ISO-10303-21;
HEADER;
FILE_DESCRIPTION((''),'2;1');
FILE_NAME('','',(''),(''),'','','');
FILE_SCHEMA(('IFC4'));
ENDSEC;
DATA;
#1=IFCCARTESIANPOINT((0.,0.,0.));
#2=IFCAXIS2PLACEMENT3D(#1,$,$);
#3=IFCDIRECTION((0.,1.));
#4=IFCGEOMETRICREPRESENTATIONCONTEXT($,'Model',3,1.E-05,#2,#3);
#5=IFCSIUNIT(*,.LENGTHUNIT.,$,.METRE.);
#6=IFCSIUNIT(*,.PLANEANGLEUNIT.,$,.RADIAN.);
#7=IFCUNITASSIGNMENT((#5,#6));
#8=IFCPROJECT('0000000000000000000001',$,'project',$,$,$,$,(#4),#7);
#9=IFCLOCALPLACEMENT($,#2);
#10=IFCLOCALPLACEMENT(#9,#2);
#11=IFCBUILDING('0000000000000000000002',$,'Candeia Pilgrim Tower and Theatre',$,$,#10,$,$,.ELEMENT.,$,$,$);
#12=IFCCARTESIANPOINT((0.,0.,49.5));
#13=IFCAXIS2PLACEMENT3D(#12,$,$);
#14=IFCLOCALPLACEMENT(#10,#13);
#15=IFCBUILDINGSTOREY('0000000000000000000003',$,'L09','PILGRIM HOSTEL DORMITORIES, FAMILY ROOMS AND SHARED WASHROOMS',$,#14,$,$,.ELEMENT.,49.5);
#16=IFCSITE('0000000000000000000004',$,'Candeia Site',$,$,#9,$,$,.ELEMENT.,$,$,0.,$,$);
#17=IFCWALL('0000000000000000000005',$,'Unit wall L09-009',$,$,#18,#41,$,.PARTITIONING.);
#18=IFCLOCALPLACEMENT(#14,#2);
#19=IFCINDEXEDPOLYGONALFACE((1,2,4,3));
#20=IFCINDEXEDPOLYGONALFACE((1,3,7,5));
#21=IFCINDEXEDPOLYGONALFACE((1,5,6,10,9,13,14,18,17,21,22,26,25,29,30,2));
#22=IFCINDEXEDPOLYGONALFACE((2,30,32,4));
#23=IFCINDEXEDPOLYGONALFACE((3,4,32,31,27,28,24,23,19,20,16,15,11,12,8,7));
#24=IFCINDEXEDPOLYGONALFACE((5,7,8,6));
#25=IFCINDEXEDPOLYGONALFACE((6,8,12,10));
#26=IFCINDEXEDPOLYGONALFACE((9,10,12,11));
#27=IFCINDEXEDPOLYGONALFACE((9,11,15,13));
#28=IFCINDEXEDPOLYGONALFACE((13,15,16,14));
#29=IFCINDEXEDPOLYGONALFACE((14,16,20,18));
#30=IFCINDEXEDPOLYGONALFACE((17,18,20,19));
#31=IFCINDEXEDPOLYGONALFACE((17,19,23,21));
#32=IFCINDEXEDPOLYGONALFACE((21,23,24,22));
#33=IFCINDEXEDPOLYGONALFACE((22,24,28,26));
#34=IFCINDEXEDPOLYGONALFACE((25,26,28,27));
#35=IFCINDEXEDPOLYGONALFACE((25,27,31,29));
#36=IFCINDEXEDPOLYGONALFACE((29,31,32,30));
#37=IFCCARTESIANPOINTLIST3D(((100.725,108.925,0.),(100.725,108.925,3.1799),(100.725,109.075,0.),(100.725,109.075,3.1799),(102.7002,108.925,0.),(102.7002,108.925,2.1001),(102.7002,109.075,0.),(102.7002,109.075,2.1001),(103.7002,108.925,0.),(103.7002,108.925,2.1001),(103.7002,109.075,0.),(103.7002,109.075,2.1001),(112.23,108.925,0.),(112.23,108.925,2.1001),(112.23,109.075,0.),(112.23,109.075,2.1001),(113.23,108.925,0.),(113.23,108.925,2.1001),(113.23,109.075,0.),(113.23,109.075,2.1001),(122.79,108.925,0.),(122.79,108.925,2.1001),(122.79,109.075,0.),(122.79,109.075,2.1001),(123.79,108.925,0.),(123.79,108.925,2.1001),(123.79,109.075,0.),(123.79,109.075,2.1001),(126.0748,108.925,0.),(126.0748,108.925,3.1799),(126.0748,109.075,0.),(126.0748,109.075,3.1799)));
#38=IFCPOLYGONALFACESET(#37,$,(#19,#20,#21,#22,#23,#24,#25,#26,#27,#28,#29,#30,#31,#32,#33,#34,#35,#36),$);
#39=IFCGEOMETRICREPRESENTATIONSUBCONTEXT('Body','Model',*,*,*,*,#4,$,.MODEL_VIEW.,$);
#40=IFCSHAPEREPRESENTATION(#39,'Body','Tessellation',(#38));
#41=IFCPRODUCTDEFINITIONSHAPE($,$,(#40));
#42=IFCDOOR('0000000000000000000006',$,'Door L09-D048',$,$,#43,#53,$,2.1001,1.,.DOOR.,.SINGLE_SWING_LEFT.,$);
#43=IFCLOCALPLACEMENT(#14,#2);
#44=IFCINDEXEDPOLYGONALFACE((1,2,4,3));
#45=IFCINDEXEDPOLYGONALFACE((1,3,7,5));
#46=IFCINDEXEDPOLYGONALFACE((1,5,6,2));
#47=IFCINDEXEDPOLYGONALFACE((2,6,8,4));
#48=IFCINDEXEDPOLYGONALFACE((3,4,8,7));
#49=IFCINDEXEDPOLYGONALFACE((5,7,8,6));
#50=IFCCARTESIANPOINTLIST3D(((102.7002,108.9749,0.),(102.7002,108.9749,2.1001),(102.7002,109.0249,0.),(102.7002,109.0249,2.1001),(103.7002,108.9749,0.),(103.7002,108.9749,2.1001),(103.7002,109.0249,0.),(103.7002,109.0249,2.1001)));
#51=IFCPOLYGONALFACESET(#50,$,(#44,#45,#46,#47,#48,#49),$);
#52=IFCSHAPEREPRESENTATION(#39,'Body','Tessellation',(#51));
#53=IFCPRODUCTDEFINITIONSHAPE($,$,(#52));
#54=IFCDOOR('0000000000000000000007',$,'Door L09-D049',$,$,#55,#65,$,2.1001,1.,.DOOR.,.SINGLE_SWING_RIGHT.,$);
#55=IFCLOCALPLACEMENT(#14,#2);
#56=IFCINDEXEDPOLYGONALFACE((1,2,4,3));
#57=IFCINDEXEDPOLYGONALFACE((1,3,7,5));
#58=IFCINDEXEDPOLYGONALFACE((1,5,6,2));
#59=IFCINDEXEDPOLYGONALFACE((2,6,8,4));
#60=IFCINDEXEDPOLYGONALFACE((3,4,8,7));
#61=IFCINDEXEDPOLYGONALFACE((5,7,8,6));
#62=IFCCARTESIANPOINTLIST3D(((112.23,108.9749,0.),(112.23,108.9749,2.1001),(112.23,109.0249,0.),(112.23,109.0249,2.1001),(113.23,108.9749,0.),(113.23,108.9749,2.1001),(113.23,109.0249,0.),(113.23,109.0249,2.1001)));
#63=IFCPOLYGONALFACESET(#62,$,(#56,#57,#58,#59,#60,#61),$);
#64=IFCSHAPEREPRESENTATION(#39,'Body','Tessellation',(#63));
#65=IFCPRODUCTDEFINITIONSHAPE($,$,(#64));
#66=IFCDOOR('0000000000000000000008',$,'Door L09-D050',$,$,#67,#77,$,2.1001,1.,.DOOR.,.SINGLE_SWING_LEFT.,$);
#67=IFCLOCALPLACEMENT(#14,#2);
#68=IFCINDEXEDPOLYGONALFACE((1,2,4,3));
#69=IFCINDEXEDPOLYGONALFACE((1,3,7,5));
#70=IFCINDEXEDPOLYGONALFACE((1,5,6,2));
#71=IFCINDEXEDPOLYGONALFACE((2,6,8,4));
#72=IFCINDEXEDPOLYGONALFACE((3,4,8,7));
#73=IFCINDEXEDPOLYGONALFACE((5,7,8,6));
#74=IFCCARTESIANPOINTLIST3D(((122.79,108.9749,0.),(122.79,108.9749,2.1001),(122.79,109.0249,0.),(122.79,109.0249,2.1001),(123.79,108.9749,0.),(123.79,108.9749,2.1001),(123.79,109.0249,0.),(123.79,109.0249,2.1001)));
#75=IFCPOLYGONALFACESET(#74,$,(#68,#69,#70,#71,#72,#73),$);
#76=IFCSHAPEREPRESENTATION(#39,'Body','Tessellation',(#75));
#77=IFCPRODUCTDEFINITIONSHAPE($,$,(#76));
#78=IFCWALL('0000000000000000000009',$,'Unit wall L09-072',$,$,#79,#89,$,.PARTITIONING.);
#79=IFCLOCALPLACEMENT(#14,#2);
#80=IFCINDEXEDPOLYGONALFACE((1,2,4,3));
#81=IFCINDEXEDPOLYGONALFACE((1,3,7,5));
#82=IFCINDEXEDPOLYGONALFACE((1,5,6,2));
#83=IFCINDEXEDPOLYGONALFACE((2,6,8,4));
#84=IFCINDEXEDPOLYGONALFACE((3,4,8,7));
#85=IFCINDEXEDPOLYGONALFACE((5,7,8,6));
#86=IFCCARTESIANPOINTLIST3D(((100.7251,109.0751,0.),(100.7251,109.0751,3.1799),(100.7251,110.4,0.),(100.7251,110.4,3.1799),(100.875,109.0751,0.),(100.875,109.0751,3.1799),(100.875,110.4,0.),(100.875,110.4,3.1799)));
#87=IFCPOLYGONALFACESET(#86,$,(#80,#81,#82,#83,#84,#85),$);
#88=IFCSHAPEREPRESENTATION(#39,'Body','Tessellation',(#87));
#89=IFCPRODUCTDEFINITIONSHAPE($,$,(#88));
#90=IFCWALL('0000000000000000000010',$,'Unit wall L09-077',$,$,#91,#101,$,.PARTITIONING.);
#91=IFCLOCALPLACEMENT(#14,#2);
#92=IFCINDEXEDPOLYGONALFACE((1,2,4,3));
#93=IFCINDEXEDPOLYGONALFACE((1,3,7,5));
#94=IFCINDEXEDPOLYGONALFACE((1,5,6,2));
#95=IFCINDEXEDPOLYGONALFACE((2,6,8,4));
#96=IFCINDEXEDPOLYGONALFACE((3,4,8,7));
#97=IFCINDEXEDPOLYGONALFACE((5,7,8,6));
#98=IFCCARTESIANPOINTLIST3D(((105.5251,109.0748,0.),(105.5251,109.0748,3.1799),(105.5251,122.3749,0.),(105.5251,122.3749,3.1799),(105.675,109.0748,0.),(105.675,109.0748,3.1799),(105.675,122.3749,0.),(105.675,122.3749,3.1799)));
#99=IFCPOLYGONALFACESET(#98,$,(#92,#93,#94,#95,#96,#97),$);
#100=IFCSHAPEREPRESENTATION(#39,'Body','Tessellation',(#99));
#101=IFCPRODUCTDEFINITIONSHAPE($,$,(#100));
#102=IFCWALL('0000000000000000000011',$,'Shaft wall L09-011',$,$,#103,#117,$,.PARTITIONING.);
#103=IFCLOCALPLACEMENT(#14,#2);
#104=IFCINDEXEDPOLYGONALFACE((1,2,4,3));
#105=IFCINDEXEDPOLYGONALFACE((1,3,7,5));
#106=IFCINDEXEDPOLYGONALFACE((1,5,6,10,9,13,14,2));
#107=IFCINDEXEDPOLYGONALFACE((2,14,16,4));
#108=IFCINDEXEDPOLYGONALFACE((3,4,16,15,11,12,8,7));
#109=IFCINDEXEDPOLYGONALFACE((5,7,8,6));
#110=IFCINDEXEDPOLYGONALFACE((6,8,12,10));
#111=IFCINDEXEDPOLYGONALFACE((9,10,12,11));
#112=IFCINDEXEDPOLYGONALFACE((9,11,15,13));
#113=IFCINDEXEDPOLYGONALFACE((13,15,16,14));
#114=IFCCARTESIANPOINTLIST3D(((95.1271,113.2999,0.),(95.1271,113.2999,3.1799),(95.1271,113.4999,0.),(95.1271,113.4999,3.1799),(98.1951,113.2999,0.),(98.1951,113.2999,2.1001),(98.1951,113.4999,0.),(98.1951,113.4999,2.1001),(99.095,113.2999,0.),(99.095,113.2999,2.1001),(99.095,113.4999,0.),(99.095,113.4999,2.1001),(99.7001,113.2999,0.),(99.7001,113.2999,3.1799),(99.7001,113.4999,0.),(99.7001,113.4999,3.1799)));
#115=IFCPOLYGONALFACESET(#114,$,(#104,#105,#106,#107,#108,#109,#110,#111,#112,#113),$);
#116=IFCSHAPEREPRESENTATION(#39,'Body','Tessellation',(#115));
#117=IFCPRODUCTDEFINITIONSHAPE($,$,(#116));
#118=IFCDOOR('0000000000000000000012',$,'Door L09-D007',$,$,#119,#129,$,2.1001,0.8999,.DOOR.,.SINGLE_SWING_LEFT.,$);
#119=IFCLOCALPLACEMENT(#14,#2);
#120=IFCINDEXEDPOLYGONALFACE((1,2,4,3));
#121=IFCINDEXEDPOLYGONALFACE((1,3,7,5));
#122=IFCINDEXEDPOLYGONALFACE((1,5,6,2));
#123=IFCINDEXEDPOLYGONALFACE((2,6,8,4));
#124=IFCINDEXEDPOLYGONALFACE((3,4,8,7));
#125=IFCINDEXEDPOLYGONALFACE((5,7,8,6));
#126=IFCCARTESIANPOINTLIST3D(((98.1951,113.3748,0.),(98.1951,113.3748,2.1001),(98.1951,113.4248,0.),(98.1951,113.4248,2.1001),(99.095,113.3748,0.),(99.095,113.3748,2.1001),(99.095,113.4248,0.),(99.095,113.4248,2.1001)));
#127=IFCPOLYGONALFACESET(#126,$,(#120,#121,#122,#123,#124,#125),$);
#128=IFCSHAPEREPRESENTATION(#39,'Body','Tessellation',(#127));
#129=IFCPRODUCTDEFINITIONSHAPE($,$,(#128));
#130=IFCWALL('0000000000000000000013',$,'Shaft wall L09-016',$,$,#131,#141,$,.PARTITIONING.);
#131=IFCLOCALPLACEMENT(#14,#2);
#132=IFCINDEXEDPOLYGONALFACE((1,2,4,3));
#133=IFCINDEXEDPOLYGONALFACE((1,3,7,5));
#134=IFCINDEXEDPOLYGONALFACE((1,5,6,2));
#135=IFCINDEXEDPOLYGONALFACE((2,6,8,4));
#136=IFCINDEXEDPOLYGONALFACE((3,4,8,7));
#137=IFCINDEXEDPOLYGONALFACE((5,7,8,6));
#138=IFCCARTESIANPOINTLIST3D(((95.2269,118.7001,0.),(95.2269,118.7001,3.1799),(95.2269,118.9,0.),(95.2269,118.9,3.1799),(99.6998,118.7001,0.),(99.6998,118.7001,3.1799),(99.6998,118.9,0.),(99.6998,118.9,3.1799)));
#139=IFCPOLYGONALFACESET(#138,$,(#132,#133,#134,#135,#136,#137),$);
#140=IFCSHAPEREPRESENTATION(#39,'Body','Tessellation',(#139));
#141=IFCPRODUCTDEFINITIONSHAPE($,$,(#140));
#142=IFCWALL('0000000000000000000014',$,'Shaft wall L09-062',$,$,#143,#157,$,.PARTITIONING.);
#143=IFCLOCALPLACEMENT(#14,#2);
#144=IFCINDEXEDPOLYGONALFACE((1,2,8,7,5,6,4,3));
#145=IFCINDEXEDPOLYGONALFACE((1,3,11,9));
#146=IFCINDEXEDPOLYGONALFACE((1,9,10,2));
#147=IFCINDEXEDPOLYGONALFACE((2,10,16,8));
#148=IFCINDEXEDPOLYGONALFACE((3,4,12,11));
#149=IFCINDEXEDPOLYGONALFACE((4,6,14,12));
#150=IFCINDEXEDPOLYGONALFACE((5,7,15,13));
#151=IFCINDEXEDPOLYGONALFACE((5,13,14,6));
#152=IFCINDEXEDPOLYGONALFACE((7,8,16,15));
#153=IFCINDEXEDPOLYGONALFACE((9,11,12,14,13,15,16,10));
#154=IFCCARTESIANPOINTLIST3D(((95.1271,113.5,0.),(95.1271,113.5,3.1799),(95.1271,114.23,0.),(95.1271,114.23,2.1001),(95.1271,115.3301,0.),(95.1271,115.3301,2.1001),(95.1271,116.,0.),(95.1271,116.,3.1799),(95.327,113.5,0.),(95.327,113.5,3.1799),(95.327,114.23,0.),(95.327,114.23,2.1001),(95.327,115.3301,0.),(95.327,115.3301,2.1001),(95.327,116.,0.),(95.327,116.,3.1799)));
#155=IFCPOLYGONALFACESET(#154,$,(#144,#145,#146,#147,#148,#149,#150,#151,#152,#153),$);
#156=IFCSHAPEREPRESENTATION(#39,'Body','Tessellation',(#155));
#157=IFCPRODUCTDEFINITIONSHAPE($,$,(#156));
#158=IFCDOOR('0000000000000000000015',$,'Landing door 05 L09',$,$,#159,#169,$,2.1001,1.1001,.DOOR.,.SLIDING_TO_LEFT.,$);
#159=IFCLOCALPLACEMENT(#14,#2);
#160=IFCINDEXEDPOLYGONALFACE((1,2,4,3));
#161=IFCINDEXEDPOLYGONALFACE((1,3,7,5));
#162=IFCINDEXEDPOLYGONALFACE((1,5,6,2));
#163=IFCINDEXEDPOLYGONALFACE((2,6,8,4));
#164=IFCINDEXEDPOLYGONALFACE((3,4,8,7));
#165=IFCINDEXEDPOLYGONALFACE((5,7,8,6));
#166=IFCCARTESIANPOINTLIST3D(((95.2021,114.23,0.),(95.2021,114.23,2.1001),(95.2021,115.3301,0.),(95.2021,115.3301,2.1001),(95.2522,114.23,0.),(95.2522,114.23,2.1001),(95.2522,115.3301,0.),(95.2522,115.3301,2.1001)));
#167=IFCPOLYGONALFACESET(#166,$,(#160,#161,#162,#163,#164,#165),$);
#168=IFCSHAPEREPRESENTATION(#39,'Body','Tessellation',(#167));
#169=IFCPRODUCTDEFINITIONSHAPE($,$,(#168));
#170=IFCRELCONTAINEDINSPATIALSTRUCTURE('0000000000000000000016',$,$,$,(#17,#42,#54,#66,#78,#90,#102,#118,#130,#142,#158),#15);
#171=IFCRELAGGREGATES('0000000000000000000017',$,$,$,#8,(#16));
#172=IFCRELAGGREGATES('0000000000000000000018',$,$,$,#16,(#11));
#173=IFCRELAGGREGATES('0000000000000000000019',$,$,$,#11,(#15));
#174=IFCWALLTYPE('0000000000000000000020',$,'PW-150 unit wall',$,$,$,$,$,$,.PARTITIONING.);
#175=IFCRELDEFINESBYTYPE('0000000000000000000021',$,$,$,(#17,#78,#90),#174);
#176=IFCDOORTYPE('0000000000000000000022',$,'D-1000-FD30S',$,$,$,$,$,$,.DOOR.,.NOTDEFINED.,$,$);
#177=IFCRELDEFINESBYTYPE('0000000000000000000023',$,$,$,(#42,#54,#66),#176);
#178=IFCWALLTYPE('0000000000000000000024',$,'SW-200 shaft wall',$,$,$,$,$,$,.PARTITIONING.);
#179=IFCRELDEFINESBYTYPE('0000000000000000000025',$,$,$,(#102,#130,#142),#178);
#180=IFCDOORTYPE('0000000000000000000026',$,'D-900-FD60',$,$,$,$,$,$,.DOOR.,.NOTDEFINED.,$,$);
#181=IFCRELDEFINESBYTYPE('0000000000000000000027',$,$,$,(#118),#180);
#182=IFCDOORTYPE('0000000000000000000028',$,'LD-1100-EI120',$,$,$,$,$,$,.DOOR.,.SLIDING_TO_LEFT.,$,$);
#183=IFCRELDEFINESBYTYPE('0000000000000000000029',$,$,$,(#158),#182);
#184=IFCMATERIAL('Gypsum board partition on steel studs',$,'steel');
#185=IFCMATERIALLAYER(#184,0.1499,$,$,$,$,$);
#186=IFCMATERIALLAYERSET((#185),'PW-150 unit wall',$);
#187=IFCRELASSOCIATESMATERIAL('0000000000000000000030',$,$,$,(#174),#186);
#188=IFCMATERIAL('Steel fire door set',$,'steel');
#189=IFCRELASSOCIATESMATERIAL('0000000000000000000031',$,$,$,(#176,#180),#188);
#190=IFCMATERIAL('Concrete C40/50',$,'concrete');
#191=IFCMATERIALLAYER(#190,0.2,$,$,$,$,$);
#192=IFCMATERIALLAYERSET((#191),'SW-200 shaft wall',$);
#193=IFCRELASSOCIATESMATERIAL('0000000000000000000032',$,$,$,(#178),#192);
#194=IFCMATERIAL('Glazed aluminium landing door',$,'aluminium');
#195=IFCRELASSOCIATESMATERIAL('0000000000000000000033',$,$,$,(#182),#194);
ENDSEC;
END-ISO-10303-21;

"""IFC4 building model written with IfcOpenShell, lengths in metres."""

from ifc_helpers import new_model, si_unit, direction, frame, frame_2d, origin, place, context, subcontext, project, spatial, rectangle, extrude, material, layer, layer_set, type_object, element, fill, save


model = new_model("IFC4")

# Units and contexts
model_context = context("Model", 3, precision=1e-05, world=origin(), true_north=direction((0.0, 1.0)))
body_context = subcontext(model_context, "Body", "Model", "MODEL_VIEW")
ifc_project = project(units=[si_unit("LENGTHUNIT", "METRE"), si_unit("PLANEANGLEUNIT", "RADIAN")], contexts=[model_context])

# Site, building, storey
site_placement = place(None, origin())
site = spatial("IfcSite", under=ifc_project, at=site_placement, Name="Candeia Site", CompositionType="ELEMENT", RefElevation=0.0)
building_placement = place(site_placement, origin())
building = spatial("IfcBuilding", under=site, at=building_placement, Name="Candeia Pilgrim Tower and Theatre", CompositionType="ELEMENT")
storey_placement = place(building_placement, frame((0.0, 0.0, 49.5)))
storey = spatial("IfcBuildingStorey", under=building, at=storey_placement, Name="L09", Description="PILGRIM HOSTEL DORMITORIES, FAMILY ROOMS AND SHARED WASHROOMS", CompositionType="ELEMENT", Elevation=49.5)

# Shared definitions
ifc_material_1 = material(Name="Steel fire door set", Category="steel")

# Shared definitions
ifc_material_2 = material(Name="Gypsum board partition on steel studs", Category="steel")

# Wall, openings, doors
ifc_layer_1 = layer(ifc_material_2, 0.1499)
ifc_layer_set_1 = layer_set([ifc_layer_1], Name="PW-150 unit wall")
wall_type_1 = type_object("IfcWallType", Name="PW-150 unit wall", PredefinedType="PARTITIONING", material=ifc_layer_set_1)
wall_1_placement = place(storey_placement, frame((100.7251, 109.0, 0.0), z_axis=(0.0, 0.0, 1.0), x_axis=(1.0, 0.0, 0.0)))
wall_1 = element("IfcWall", 1, at=wall_1_placement, inside=storey, type_object=wall_type_1, Name="Unit wall L09-009", PredefinedType="PARTITIONING", context=body_context, shape_type="SweptSolid", body=[
    extrude(rectangle(XDim=25.3499, YDim=0.1499, at=frame_2d((12.6748, 0.0))), origin(), (0.0, 0.0, 1.0), 3.1799),
])
opening_1_placement = place(wall_1_placement, frame((1.9751, 0.0, 0.0)))
opening_1 = element("IfcOpeningElement", 2, at=opening_1_placement, cuts=wall_1, PredefinedType="OPENING", context=body_context, shape_type="SweptSolid", body=[
    extrude(rectangle(XDim=1.0, YDim=2.1001, at=frame_2d((0.5, 1.05))), frame((0.0, 0.085, 0.0), z_axis=(0.0, -1.0, 0.0), x_axis=(1.0, 0.0, 0.0)), (0.0, 0.0, 1.0), 0.1699),
])
opening_2_placement = place(wall_1_placement, frame((11.5049, 0.0, 0.0)))
opening_2 = element("IfcOpeningElement", 3, at=opening_2_placement, cuts=wall_1, PredefinedType="OPENING", context=body_context, shape_type="SweptSolid", body=[
    extrude(rectangle(XDim=1.0, YDim=2.1001, at=frame_2d((0.5, 1.05))), frame((0.0, 0.085, 0.0), z_axis=(0.0, -1.0, 0.0), x_axis=(1.0, 0.0, 0.0)), (0.0, 0.0, 1.0), 0.1699),
])
opening_3_placement = place(wall_1_placement, frame((22.0649, 0.0, 0.0)))
opening_3 = element("IfcOpeningElement", 4, at=opening_3_placement, cuts=wall_1, PredefinedType="OPENING", context=body_context, shape_type="SweptSolid", body=[
    extrude(rectangle(XDim=1.0, YDim=2.1001, at=frame_2d((0.5, 1.05))), frame((0.0, 0.085, 0.0), z_axis=(0.0, -1.0, 0.0), x_axis=(1.0, 0.0, 0.0)), (0.0, 0.0, 1.0), 0.1699),
])
door_type_1 = type_object("IfcDoorType", Name="D-1000-FD30S", OperationType="NOTDEFINED", PredefinedType="DOOR", material=ifc_material_1)
door_1_placement = place(opening_1_placement, origin())
door_1 = element("IfcDoor", 5, at=door_1_placement, inside=storey, type_object=door_type_1, Name="Door L09-D048", OperationType="SINGLE_SWING_LEFT", OverallHeight=2.1001, OverallWidth=1.0, PredefinedType="DOOR", context=body_context, shape_type="SweptSolid", body=[
    extrude(rectangle(XDim=1.0, YDim=2.1001, at=frame_2d((0.5, 1.05))), frame((0.0, 0.0249, 0.0), z_axis=(0.0, -1.0, 0.0), x_axis=(1.0, 0.0, 0.0)), (0.0, 0.0, 1.0), 0.05),
])
fill(opening_1, door_1)
door_2_placement = place(opening_2_placement, origin())
door_2 = element("IfcDoor", 6, at=door_2_placement, inside=storey, type_object=door_type_1, Name="Door L09-D049", OperationType="SINGLE_SWING_RIGHT", OverallHeight=2.1001, OverallWidth=1.0, PredefinedType="DOOR", context=body_context, shape_type="SweptSolid", body=[
    extrude(rectangle(XDim=1.0, YDim=2.1001, at=frame_2d((0.5, 1.05))), frame((0.0, 0.0249, 0.0), z_axis=(0.0, -1.0, 0.0), x_axis=(1.0, 0.0, 0.0)), (0.0, 0.0, 1.0), 0.05),
])
fill(opening_2, door_2)
door_3_placement = place(opening_3_placement, origin())
door_3 = element("IfcDoor", 7, at=door_3_placement, inside=storey, type_object=door_type_1, Name="Door L09-D050", OperationType="SINGLE_SWING_LEFT", OverallHeight=2.1001, OverallWidth=1.0, PredefinedType="DOOR", context=body_context, shape_type="SweptSolid", body=[
    extrude(rectangle(XDim=1.0, YDim=2.1001, at=frame_2d((0.5, 1.05))), frame((0.0, 0.0249, 0.0), z_axis=(0.0, -1.0, 0.0), x_axis=(1.0, 0.0, 0.0)), (0.0, 0.0, 1.0), 0.05),
])
fill(opening_3, door_3)

# Walls
wall_2_placement = place(storey_placement, frame((100.8, 109.075, 0.0), z_axis=(0.0, 0.0, 1.0), x_axis=(0.0, 1.0, 0.0)))
element("IfcWall", 8, at=wall_2_placement, inside=storey, type_object=wall_type_1, Name="Unit wall L09-072", PredefinedType="PARTITIONING", context=body_context, shape_type="SweptSolid", body=[
    extrude(rectangle(XDim=1.325, YDim=0.1499, at=frame_2d((0.6626, 0.0))), origin(), (0.0, 0.0, 1.0), 3.1799),
])
wall_3_placement = place(storey_placement, frame((105.6001, 109.075, 0.0), z_axis=(0.0, 0.0, 1.0), x_axis=(0.0, 1.0, 0.0)))
element("IfcWall", 9, at=wall_3_placement, inside=storey, type_object=wall_type_1, Name="Unit wall L09-077", PredefinedType="PARTITIONING", context=body_context, shape_type="SweptSolid", body=[
    extrude(rectangle(XDim=13.3, YDim=0.1499, at=frame_2d((6.6499, 0.0))), origin(), (0.0, 0.0, 1.0), 3.1799),
])

# Wall, opening, door
ifc_material_3 = material(Name="Concrete C40/50", Category="concrete")
ifc_layer_2 = layer(ifc_material_3, 0.2)
ifc_layer_set_2 = layer_set([ifc_layer_2], Name="SW-200 shaft wall")
wall_type_2 = type_object("IfcWallType", Name="SW-200 shaft wall", PredefinedType="PARTITIONING", material=ifc_layer_set_2)
wall_4_placement = place(storey_placement, frame((95.127, 113.3999, 0.0), z_axis=(0.0, 0.0, 1.0), x_axis=(1.0, 0.0, 0.0)))
wall_4 = element("IfcWall", 10, at=wall_4_placement, inside=storey, type_object=wall_type_2, Name="Shaft wall L09-011", PredefinedType="PARTITIONING", context=body_context, shape_type="SweptSolid", body=[
    extrude(rectangle(XDim=4.573, YDim=0.2, at=frame_2d((2.2866, 0.0))), origin(), (0.0, 0.0, 1.0), 3.1799),
])
opening_4_placement = place(wall_4_placement, frame((3.0681, 0.0, 0.0)))
opening_4 = element("IfcOpeningElement", 11, at=opening_4_placement, cuts=wall_4, PredefinedType="OPENING", context=body_context, shape_type="SweptSolid", body=[
    extrude(rectangle(XDim=0.8999, YDim=2.1001, at=frame_2d((0.45, 1.05))), frame((0.0, 0.1099, 0.0), z_axis=(0.0, -1.0, 0.0), x_axis=(1.0, 0.0, 0.0)), (0.0, 0.0, 1.0), 0.22),
])
door_type_2 = type_object("IfcDoorType", Name="D-900-FD60", OperationType="NOTDEFINED", PredefinedType="DOOR", material=ifc_material_1)
door_4_placement = place(opening_4_placement, origin())
door_4 = element("IfcDoor", 12, at=door_4_placement, inside=storey, type_object=door_type_2, Name="Door L09-D007", OperationType="SINGLE_SWING_LEFT", OverallHeight=2.1001, OverallWidth=0.8999, PredefinedType="DOOR", context=body_context, shape_type="SweptSolid", body=[
    extrude(rectangle(XDim=0.8999, YDim=2.1001, at=frame_2d((0.45, 1.05))), frame((0.0, 0.0249, 0.0), z_axis=(0.0, -1.0, 0.0), x_axis=(1.0, 0.0, 0.0)), (0.0, 0.0, 1.0), 0.05),
])
fill(opening_4, door_4)

# Wall
wall_5_placement = place(storey_placement, frame((95.2271, 118.8, 0.0), z_axis=(0.0, 0.0, 1.0), x_axis=(1.0, 0.0, 0.0)))
element("IfcWall", 13, at=wall_5_placement, inside=storey, type_object=wall_type_2, Name="Shaft wall L09-016", PredefinedType="PARTITIONING", context=body_context, shape_type="SweptSolid", body=[
    extrude(rectangle(XDim=4.4729, YDim=0.2, at=frame_2d((2.2363, 0.0))), origin(), (0.0, 0.0, 1.0), 3.1799),
])

# Wall, opening, door
wall_6_placement = place(storey_placement, frame((95.2271, 113.5, 0.0), z_axis=(0.0, 0.0, 1.0), x_axis=(0.0, 1.0, 0.0)))
wall_6 = element("IfcWall", 14, at=wall_6_placement, inside=storey, type_object=wall_type_2, Name="Shaft wall L09-062", PredefinedType="PARTITIONING", context=body_context, shape_type="SweptSolid", body=[
    extrude(rectangle(XDim=2.5, YDim=0.2, at=frame_2d((1.25, 0.0))), origin(), (0.0, 0.0, 1.0), 3.1799),
])
opening_5_placement = place(wall_6_placement, frame((0.73, 0.0, 0.0)))
opening_5 = element("IfcOpeningElement", 15, at=opening_5_placement, cuts=wall_6, PredefinedType="OPENING", context=body_context, shape_type="SweptSolid", body=[
    extrude(rectangle(XDim=1.1001, YDim=2.1001, at=frame_2d((0.55, 1.05))), frame((0.0, 0.1099, 0.0), z_axis=(0.0, -1.0, 0.0), x_axis=(1.0, 0.0, 0.0)), (0.0, 0.0, 1.0), 0.22),
])
ifc_material_4 = material(Name="Glazed aluminium landing door", Category="aluminium")
door_type_3 = type_object("IfcDoorType", Name="LD-1100-EI120", OperationType="SLIDING_TO_LEFT", PredefinedType="DOOR", material=ifc_material_4)
door_5_placement = place(opening_5_placement, origin())
door_5 = element("IfcDoor", 16, at=door_5_placement, inside=storey, type_object=door_type_3, Name="Landing door 05 L09", OperationType="SLIDING_TO_LEFT", OverallHeight=2.1001, OverallWidth=1.1001, PredefinedType="DOOR", context=body_context, shape_type="SweptSolid", body=[
    extrude(rectangle(XDim=1.1001, YDim=2.1001, at=frame_2d((0.55, 1.05))), frame((0.0, 0.0249, 0.0), z_axis=(0.0, -1.0, 0.0), x_axis=(1.0, 0.0, 0.0)), (0.0, 0.0, 1.0), 0.05),
])
fill(opening_5, door_5)

save(model, "model.ifc")
